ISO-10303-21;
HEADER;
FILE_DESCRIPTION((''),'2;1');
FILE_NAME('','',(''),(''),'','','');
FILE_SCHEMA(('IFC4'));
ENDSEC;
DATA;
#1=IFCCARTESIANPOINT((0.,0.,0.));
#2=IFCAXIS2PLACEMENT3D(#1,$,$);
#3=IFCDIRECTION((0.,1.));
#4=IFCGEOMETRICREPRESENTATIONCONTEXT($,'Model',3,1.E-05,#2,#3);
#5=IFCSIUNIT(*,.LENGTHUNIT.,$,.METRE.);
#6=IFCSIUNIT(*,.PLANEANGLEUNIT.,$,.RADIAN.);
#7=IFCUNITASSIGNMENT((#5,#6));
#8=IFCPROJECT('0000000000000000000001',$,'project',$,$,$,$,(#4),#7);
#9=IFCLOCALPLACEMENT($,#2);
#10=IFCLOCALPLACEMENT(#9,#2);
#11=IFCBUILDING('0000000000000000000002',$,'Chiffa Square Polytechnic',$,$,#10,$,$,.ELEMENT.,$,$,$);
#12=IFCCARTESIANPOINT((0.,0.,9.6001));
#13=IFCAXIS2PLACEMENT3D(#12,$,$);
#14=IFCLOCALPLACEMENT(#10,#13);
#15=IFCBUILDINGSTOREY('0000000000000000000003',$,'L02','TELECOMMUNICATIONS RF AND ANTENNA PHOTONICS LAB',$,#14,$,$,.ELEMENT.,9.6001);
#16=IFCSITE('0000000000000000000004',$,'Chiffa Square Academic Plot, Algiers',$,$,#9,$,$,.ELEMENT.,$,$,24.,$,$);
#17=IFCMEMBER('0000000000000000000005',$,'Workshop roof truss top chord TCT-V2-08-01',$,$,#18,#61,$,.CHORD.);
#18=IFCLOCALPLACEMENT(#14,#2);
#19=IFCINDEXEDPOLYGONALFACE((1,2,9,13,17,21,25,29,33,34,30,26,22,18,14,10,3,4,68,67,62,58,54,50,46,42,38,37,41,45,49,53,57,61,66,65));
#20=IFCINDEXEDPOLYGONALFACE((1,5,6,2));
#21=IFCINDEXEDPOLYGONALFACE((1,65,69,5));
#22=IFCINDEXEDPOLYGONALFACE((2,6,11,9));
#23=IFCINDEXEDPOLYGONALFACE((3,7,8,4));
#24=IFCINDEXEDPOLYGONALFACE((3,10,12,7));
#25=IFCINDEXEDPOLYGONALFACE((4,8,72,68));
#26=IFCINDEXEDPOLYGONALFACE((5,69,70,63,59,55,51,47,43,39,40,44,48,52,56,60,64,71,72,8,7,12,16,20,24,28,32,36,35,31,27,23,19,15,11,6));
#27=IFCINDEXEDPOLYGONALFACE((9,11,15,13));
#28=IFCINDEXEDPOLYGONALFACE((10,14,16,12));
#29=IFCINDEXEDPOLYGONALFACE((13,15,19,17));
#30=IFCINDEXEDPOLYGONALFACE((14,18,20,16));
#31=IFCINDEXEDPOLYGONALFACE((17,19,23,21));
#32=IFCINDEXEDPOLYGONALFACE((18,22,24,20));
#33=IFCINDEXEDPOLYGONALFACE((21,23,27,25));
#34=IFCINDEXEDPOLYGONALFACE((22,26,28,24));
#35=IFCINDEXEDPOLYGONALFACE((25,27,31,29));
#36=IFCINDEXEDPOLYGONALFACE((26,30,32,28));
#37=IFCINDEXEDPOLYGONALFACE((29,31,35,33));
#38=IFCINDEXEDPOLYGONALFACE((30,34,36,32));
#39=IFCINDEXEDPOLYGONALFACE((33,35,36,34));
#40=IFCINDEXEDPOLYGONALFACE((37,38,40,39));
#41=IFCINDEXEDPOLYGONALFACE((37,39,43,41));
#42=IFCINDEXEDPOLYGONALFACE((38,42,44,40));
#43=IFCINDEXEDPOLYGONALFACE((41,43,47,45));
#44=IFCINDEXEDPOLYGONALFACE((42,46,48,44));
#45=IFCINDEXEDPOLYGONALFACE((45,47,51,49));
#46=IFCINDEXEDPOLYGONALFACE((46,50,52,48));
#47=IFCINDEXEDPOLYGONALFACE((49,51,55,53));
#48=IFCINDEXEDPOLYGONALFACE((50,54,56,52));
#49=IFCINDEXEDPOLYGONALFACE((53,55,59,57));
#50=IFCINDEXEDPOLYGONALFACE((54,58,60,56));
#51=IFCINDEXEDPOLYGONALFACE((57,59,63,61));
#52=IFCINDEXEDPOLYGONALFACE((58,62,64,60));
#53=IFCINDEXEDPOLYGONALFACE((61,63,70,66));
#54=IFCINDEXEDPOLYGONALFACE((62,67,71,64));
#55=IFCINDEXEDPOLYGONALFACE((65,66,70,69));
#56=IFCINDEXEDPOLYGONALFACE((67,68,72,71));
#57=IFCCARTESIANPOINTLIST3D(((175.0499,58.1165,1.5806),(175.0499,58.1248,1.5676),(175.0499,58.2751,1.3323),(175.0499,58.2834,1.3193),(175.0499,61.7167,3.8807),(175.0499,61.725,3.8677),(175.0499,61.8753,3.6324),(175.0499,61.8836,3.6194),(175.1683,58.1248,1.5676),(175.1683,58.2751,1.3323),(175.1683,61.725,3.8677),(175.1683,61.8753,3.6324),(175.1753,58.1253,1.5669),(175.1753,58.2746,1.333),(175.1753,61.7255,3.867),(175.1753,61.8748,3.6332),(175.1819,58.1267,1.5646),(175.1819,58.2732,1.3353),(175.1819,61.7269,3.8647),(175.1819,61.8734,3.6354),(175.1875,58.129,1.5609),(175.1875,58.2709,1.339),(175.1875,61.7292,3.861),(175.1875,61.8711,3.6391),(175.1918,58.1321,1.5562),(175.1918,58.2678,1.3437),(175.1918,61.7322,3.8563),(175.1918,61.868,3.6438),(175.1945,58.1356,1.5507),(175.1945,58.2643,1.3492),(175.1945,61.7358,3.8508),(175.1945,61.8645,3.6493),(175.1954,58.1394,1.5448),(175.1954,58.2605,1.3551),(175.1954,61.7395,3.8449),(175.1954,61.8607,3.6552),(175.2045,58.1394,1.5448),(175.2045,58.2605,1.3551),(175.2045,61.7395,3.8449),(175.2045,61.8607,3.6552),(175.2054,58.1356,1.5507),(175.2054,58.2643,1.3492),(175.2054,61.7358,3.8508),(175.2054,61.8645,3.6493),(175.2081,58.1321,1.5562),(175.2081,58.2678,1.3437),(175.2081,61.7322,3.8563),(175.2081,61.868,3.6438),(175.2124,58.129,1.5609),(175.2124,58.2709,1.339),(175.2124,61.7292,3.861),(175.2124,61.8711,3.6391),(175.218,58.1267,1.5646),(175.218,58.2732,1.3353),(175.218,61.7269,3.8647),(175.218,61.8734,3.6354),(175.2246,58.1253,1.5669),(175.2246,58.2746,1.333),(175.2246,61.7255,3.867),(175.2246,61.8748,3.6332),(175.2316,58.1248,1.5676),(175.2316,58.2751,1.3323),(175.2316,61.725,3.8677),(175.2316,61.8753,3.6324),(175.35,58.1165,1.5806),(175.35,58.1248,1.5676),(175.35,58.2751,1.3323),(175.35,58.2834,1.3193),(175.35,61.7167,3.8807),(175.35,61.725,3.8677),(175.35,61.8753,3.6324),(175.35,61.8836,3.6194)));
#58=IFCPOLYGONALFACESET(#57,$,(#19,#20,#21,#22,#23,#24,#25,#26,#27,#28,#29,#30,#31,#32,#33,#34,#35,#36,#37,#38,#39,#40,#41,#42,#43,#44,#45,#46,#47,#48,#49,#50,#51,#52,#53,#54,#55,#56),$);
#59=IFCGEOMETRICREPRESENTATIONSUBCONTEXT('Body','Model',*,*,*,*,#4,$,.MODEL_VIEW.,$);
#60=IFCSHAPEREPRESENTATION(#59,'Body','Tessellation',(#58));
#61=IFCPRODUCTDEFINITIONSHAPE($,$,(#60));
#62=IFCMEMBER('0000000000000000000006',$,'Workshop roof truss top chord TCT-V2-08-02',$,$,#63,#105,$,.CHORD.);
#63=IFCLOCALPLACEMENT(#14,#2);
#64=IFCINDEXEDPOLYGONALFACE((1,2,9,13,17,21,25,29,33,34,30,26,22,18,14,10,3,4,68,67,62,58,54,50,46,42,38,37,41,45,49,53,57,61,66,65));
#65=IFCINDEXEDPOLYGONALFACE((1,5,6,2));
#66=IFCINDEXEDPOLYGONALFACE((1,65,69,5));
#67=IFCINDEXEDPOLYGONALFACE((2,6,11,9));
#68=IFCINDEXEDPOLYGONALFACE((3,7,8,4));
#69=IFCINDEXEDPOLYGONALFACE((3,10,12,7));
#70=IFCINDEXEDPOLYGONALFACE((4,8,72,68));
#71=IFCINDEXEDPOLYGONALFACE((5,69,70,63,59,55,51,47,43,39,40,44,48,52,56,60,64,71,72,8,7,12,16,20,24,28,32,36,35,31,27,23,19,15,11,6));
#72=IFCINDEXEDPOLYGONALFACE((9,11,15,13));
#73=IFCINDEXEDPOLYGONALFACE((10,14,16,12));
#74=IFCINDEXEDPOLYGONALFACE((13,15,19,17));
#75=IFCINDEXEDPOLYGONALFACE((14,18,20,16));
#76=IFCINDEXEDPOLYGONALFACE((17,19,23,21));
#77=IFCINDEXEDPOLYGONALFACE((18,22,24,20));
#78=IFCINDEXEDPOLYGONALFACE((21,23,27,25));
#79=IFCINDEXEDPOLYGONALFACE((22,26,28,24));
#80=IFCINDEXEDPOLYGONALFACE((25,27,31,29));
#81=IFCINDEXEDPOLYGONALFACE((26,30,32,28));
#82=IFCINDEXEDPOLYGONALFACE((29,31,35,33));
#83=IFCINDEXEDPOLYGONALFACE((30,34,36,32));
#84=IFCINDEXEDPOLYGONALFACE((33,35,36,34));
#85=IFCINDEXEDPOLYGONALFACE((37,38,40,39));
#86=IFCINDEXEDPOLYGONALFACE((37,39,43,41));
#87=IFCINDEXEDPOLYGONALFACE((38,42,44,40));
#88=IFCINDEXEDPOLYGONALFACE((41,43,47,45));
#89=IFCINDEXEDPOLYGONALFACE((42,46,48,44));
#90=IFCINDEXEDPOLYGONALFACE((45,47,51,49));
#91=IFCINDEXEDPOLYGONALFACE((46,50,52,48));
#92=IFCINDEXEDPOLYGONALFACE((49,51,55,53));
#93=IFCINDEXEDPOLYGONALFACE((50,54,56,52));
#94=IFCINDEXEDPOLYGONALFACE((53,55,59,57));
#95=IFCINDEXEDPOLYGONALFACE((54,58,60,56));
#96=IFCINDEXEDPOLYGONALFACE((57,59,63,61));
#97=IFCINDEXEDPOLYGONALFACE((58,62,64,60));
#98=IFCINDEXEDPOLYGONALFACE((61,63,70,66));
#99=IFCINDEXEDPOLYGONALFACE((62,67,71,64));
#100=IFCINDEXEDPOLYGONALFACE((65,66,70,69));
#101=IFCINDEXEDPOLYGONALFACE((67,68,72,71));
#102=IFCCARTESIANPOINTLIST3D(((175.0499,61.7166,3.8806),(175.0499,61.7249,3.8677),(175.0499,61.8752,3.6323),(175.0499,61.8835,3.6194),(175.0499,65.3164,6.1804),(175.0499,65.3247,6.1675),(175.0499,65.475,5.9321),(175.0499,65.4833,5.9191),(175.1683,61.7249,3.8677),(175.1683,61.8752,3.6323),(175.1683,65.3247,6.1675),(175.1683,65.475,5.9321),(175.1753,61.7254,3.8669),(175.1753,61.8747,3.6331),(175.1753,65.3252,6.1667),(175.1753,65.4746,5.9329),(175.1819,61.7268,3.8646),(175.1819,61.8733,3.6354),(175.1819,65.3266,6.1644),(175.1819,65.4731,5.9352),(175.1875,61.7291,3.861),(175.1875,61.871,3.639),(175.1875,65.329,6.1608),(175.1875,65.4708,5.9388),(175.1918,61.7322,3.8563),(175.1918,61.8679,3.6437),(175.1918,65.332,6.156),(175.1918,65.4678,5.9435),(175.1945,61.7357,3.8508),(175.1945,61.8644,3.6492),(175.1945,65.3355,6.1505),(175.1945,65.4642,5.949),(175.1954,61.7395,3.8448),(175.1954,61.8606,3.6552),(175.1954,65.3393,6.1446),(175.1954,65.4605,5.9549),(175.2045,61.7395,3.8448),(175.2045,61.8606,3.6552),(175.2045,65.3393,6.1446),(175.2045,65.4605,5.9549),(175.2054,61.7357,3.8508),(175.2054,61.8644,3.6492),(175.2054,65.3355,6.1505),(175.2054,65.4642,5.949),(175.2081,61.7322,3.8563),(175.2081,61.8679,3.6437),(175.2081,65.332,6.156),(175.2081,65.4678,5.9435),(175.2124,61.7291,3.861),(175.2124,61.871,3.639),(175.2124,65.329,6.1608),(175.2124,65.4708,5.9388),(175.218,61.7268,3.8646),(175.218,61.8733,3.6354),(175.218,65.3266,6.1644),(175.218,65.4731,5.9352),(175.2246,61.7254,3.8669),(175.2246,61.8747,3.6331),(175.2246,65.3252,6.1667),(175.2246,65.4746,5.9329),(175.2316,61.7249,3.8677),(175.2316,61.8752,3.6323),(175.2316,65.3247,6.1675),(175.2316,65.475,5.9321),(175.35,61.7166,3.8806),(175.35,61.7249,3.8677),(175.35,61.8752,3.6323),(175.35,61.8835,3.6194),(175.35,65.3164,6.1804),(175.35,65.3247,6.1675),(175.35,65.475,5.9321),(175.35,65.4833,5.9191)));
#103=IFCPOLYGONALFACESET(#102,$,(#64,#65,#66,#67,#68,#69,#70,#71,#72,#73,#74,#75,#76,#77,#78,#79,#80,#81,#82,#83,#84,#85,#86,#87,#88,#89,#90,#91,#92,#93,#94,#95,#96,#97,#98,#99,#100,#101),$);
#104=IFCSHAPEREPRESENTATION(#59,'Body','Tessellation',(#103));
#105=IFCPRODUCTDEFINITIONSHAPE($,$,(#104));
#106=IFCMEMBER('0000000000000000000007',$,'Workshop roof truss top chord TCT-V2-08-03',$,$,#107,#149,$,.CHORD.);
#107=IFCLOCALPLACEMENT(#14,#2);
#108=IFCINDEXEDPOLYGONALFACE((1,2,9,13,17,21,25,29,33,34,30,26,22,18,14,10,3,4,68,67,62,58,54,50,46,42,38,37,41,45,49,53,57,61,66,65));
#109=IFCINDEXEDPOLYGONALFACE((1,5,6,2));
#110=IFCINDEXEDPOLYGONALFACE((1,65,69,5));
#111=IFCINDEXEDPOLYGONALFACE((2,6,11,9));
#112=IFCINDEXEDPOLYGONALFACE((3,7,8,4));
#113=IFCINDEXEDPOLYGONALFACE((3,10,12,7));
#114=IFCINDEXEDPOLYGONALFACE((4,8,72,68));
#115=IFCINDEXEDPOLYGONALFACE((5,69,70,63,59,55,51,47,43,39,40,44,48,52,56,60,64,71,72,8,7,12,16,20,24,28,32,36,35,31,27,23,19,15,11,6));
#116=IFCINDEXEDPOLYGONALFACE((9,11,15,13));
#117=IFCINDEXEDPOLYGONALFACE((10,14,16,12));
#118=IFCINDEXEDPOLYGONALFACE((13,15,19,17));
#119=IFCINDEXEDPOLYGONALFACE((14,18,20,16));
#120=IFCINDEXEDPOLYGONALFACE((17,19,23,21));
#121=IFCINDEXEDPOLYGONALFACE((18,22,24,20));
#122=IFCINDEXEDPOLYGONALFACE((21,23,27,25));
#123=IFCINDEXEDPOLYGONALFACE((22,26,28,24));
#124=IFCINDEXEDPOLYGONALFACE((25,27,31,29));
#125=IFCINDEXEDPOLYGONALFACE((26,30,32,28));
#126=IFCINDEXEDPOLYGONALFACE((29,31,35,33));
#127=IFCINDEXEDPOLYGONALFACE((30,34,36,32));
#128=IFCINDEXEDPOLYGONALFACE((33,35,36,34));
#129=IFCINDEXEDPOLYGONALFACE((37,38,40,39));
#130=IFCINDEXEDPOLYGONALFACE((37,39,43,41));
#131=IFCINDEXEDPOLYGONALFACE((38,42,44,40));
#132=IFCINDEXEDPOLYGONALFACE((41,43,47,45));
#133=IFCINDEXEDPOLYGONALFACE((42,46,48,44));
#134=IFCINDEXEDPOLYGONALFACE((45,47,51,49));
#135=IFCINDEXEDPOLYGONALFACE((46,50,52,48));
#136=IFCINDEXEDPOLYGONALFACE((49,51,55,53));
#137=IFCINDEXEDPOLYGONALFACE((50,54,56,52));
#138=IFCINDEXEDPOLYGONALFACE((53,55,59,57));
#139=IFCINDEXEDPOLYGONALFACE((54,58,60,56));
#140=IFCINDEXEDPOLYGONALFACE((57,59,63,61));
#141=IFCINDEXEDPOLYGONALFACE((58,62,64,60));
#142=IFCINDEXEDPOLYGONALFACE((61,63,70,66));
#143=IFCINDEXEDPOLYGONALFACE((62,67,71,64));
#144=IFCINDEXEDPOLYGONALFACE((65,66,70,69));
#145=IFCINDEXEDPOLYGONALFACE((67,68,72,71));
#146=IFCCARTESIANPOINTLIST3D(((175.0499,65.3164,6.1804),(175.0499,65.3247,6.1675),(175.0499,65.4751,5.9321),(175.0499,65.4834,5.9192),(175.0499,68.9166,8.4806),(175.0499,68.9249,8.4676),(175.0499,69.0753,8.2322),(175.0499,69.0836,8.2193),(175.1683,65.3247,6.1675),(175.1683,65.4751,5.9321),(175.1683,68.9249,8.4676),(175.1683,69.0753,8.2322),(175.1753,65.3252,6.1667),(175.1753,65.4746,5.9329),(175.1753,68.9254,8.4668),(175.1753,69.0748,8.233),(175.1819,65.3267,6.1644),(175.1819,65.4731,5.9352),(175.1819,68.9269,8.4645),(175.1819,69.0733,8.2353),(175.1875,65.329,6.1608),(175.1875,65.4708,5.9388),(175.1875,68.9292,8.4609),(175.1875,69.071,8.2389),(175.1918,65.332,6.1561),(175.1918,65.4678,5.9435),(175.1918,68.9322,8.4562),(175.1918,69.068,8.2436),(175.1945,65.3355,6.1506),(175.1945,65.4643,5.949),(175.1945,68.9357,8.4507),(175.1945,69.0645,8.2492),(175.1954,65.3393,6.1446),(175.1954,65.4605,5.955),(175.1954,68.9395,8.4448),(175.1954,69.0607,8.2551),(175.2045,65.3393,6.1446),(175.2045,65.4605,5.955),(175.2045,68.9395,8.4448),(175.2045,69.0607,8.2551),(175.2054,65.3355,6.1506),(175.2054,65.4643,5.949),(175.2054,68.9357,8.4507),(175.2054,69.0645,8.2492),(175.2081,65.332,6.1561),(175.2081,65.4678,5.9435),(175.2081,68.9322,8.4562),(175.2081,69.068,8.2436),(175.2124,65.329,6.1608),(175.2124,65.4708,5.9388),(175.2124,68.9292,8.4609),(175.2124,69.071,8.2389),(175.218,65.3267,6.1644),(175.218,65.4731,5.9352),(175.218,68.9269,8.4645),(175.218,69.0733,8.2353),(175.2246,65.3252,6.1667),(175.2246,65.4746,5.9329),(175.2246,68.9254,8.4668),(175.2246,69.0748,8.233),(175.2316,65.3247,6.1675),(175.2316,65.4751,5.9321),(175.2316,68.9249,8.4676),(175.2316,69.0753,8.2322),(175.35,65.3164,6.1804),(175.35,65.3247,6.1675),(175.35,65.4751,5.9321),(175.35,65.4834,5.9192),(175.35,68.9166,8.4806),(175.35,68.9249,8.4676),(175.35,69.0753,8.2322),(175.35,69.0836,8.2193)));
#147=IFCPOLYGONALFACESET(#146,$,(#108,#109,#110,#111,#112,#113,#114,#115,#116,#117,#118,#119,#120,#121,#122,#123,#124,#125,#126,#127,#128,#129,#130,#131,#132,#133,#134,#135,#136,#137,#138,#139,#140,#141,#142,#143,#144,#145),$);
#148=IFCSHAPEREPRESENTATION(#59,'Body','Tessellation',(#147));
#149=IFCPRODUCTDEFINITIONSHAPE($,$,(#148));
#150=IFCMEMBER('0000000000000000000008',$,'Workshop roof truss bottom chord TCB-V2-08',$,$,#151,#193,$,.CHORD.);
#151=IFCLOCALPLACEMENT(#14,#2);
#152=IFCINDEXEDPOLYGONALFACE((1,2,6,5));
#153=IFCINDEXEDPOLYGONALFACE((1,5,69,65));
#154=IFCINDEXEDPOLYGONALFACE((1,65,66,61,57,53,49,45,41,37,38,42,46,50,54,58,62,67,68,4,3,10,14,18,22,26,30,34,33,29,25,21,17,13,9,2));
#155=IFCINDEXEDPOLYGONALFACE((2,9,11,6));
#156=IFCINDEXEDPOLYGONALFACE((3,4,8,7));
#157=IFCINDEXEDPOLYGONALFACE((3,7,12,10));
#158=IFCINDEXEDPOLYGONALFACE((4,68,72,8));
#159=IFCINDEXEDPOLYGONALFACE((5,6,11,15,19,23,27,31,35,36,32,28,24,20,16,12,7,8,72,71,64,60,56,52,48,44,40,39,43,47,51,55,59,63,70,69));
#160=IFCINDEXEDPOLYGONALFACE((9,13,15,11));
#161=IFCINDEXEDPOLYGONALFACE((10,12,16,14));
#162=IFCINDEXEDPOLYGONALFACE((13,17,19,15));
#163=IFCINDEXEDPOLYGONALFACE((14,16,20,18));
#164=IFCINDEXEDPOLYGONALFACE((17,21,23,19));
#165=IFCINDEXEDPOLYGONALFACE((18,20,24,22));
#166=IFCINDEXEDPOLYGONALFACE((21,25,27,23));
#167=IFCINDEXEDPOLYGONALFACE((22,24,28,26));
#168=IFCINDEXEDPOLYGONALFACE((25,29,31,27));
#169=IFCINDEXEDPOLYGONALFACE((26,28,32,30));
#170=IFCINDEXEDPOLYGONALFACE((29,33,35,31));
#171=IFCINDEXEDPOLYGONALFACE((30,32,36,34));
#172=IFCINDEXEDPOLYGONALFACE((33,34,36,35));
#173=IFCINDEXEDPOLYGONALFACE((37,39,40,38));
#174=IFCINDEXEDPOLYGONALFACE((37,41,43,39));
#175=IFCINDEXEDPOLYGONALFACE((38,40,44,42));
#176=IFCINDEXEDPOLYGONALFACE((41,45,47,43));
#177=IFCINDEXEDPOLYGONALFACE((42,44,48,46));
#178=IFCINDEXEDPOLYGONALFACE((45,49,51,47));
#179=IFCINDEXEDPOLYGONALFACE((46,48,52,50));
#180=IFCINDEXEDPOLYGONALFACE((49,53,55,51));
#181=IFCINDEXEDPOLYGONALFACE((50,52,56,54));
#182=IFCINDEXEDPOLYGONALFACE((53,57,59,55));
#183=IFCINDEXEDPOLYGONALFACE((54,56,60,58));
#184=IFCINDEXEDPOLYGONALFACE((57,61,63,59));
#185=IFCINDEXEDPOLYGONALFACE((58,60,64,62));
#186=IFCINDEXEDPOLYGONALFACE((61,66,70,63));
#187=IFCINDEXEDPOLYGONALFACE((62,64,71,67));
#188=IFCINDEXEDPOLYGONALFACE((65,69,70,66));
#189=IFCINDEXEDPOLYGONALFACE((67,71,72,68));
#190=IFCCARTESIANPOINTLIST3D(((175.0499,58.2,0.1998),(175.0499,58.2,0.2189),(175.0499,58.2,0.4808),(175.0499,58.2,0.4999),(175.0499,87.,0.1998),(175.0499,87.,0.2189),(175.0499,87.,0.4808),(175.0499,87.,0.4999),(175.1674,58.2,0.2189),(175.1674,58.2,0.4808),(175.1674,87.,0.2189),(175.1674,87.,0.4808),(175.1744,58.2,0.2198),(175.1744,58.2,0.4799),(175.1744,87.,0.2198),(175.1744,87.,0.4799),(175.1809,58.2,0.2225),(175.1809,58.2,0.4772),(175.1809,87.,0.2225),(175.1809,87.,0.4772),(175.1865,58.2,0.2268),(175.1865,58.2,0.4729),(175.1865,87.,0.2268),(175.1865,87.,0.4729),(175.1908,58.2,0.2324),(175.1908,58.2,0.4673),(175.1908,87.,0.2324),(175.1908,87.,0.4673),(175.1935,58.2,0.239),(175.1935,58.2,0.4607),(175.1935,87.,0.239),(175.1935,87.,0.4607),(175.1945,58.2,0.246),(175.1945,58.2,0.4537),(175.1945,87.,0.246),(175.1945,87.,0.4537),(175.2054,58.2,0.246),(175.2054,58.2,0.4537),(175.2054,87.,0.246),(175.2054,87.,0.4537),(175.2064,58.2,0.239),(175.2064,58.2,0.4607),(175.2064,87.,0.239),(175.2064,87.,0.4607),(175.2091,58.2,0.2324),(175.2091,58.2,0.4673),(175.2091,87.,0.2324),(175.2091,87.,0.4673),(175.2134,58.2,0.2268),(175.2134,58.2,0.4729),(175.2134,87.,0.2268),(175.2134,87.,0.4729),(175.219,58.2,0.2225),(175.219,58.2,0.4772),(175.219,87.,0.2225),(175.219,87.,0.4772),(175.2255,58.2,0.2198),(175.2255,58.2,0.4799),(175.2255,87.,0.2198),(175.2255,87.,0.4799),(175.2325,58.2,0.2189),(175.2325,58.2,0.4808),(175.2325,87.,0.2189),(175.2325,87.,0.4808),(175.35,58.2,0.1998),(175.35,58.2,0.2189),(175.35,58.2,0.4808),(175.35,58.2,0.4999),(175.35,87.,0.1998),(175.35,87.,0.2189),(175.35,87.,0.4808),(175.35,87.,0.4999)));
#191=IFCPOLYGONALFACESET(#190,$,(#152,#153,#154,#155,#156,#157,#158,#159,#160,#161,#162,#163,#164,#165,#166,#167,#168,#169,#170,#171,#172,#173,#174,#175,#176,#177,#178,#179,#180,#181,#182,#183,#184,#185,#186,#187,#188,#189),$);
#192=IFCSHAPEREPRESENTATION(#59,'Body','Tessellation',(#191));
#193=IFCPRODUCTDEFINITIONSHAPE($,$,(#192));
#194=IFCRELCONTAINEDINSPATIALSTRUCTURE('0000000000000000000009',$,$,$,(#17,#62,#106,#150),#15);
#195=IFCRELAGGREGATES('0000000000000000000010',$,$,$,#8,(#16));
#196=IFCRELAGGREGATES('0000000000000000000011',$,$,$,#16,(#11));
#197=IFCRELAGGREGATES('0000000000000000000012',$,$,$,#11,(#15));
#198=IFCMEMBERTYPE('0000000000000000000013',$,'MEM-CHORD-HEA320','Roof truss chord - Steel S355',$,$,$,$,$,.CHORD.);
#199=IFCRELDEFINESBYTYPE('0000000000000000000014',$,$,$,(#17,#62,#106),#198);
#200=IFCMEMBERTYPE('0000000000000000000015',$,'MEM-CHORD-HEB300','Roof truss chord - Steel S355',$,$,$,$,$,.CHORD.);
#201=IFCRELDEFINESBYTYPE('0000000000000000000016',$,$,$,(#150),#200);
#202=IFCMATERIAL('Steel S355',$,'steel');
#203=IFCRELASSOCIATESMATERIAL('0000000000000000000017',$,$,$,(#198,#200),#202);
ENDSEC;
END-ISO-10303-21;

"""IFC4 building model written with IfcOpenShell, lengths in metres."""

from ifc_helpers import new_model, si_unit, direction, frame, origin, origin_2d, place, context, subcontext, project, spatial, i_section, extrude, material, material_profile, profile_set, type_object, element, save


model = new_model("IFC4")

# Units and contexts
model_context = context("Model", 3, precision=1e-05, world=origin(), true_north=direction((0.0, 1.0)))
body_context = subcontext(model_context, "Body", "Model", "MODEL_VIEW")
ifc_project = project(units=[si_unit("LENGTHUNIT", "METRE"), si_unit("PLANEANGLEUNIT", "RADIAN")], contexts=[model_context])

# Site, building, storey
site_placement = place(None, origin())
site = spatial("IfcSite", under=ifc_project, at=site_placement, Name="Chiffa Square Academic Plot, Algiers", CompositionType="ELEMENT", RefElevation=24.0)
building_placement = place(site_placement, origin())
building = spatial("IfcBuilding", under=site, at=building_placement, Name="Chiffa Square Polytechnic", CompositionType="ELEMENT")
storey_placement = place(building_placement, frame((0.0, 0.0, 9.6001)))
storey = spatial("IfcBuildingStorey", under=building, at=storey_placement, Name="L02", Description="TELECOMMUNICATIONS RF AND ANTENNA PHOTONICS LAB", CompositionType="ELEMENT", Elevation=9.6001)

# Shared definitions
ifc_material_1 = material(Name="Steel S355", Category="steel")

# Members
ifc_material_profile_1 = material_profile(ifc_material_1, i_section(OverallWidth=0.3, OverallDepth=0.3101, WebThickness=0.009, FlangeThickness=0.0154, FilletRadius=0.0271, at=origin_2d()), Name="HEA 320")
ifc_profile_set_1 = profile_set([ifc_material_profile_1], Name="Steel S355")
member_type_1 = type_object("IfcMemberType", Name="MEM-CHORD-HEA320", Description="Roof truss chord - Steel S355", PredefinedType="CHORD", material=ifc_profile_set_1)
member_1_placement = place(storey_placement, frame((175.2, 58.2, 1.45), z_axis=(0.0, 0.842698, 0.538387), x_axis=(-1.0, 0.0, 0.0)))
element("IfcMember", 1, at=member_1_placement, inside=storey, type_object=member_type_1, Name="Workshop roof truss top chord TCT-V2-08-01", PredefinedType="CHORD", context=body_context, shape_type="SweptSolid", body=[
    extrude(i_section(OverallWidth=0.3, OverallDepth=0.3101, WebThickness=0.009, FlangeThickness=0.0154, FilletRadius=0.0271, at=origin_2d()), origin(), (0.0, 0.0, 1.0), 4.2722),
])
member_2_placement = place(storey_placement, frame((175.2, 61.8, 3.75), z_axis=(0.0, 0.842707, 0.538372), x_axis=(-1.0, 0.0, 0.0)))
element("IfcMember", 2, at=member_2_placement, inside=storey, type_object=member_type_1, Name="Workshop roof truss top chord TCT-V2-08-02", PredefinedType="CHORD", context=body_context, shape_type="SweptSolid", body=[
    extrude(i_section(OverallWidth=0.3, OverallDepth=0.3101, WebThickness=0.009, FlangeThickness=0.0154, FilletRadius=0.0271, at=origin_2d()), origin(), (0.0, 0.0, 1.0), 4.2717),
])
member_3_placement = place(storey_placement, frame((175.2, 65.3999, 6.0498), z_axis=(0.0, 0.842698, 0.538387), x_axis=(-1.0, 0.0, 0.0)))
element("IfcMember", 3, at=member_3_placement, inside=storey, type_object=member_type_1, Name="Workshop roof truss top chord TCT-V2-08-03", PredefinedType="CHORD", context=body_context, shape_type="SweptSolid", body=[
    extrude(i_section(OverallWidth=0.3, OverallDepth=0.3101, WebThickness=0.009, FlangeThickness=0.0154, FilletRadius=0.0271, at=origin_2d()), origin(), (0.0, 0.0, 1.0), 4.2722),
])
ifc_material_profile_2 = material_profile(ifc_material_1, i_section(OverallWidth=0.3, OverallDepth=0.3, WebThickness=0.011, FlangeThickness=0.019, FilletRadius=0.0271, at=origin_2d()), Name="HEB 300")
ifc_profile_set_2 = profile_set([ifc_material_profile_2], Name="Steel S355")
member_type_2 = type_object("IfcMemberType", Name="MEM-CHORD-HEB300", Description="Roof truss chord - Steel S355", PredefinedType="CHORD", material=ifc_profile_set_2)
member_4_placement = place(storey_placement, frame((175.2, 58.2, 0.3499), z_axis=(0.0, 1.0, 0.0), x_axis=(-1.0, 0.0, 0.0)))
element("IfcMember", 4, at=member_4_placement, inside=storey, type_object=member_type_2, Name="Workshop roof truss bottom chord TCB-V2-08", PredefinedType="CHORD", context=body_context, shape_type="SweptSolid", body=[
    extrude(i_section(OverallWidth=0.3, OverallDepth=0.3, WebThickness=0.011, FlangeThickness=0.019, FilletRadius=0.0271, at=origin_2d()), origin(), (0.0, 0.0, 1.0), 28.8),
])

save(model, "model.ifc")
